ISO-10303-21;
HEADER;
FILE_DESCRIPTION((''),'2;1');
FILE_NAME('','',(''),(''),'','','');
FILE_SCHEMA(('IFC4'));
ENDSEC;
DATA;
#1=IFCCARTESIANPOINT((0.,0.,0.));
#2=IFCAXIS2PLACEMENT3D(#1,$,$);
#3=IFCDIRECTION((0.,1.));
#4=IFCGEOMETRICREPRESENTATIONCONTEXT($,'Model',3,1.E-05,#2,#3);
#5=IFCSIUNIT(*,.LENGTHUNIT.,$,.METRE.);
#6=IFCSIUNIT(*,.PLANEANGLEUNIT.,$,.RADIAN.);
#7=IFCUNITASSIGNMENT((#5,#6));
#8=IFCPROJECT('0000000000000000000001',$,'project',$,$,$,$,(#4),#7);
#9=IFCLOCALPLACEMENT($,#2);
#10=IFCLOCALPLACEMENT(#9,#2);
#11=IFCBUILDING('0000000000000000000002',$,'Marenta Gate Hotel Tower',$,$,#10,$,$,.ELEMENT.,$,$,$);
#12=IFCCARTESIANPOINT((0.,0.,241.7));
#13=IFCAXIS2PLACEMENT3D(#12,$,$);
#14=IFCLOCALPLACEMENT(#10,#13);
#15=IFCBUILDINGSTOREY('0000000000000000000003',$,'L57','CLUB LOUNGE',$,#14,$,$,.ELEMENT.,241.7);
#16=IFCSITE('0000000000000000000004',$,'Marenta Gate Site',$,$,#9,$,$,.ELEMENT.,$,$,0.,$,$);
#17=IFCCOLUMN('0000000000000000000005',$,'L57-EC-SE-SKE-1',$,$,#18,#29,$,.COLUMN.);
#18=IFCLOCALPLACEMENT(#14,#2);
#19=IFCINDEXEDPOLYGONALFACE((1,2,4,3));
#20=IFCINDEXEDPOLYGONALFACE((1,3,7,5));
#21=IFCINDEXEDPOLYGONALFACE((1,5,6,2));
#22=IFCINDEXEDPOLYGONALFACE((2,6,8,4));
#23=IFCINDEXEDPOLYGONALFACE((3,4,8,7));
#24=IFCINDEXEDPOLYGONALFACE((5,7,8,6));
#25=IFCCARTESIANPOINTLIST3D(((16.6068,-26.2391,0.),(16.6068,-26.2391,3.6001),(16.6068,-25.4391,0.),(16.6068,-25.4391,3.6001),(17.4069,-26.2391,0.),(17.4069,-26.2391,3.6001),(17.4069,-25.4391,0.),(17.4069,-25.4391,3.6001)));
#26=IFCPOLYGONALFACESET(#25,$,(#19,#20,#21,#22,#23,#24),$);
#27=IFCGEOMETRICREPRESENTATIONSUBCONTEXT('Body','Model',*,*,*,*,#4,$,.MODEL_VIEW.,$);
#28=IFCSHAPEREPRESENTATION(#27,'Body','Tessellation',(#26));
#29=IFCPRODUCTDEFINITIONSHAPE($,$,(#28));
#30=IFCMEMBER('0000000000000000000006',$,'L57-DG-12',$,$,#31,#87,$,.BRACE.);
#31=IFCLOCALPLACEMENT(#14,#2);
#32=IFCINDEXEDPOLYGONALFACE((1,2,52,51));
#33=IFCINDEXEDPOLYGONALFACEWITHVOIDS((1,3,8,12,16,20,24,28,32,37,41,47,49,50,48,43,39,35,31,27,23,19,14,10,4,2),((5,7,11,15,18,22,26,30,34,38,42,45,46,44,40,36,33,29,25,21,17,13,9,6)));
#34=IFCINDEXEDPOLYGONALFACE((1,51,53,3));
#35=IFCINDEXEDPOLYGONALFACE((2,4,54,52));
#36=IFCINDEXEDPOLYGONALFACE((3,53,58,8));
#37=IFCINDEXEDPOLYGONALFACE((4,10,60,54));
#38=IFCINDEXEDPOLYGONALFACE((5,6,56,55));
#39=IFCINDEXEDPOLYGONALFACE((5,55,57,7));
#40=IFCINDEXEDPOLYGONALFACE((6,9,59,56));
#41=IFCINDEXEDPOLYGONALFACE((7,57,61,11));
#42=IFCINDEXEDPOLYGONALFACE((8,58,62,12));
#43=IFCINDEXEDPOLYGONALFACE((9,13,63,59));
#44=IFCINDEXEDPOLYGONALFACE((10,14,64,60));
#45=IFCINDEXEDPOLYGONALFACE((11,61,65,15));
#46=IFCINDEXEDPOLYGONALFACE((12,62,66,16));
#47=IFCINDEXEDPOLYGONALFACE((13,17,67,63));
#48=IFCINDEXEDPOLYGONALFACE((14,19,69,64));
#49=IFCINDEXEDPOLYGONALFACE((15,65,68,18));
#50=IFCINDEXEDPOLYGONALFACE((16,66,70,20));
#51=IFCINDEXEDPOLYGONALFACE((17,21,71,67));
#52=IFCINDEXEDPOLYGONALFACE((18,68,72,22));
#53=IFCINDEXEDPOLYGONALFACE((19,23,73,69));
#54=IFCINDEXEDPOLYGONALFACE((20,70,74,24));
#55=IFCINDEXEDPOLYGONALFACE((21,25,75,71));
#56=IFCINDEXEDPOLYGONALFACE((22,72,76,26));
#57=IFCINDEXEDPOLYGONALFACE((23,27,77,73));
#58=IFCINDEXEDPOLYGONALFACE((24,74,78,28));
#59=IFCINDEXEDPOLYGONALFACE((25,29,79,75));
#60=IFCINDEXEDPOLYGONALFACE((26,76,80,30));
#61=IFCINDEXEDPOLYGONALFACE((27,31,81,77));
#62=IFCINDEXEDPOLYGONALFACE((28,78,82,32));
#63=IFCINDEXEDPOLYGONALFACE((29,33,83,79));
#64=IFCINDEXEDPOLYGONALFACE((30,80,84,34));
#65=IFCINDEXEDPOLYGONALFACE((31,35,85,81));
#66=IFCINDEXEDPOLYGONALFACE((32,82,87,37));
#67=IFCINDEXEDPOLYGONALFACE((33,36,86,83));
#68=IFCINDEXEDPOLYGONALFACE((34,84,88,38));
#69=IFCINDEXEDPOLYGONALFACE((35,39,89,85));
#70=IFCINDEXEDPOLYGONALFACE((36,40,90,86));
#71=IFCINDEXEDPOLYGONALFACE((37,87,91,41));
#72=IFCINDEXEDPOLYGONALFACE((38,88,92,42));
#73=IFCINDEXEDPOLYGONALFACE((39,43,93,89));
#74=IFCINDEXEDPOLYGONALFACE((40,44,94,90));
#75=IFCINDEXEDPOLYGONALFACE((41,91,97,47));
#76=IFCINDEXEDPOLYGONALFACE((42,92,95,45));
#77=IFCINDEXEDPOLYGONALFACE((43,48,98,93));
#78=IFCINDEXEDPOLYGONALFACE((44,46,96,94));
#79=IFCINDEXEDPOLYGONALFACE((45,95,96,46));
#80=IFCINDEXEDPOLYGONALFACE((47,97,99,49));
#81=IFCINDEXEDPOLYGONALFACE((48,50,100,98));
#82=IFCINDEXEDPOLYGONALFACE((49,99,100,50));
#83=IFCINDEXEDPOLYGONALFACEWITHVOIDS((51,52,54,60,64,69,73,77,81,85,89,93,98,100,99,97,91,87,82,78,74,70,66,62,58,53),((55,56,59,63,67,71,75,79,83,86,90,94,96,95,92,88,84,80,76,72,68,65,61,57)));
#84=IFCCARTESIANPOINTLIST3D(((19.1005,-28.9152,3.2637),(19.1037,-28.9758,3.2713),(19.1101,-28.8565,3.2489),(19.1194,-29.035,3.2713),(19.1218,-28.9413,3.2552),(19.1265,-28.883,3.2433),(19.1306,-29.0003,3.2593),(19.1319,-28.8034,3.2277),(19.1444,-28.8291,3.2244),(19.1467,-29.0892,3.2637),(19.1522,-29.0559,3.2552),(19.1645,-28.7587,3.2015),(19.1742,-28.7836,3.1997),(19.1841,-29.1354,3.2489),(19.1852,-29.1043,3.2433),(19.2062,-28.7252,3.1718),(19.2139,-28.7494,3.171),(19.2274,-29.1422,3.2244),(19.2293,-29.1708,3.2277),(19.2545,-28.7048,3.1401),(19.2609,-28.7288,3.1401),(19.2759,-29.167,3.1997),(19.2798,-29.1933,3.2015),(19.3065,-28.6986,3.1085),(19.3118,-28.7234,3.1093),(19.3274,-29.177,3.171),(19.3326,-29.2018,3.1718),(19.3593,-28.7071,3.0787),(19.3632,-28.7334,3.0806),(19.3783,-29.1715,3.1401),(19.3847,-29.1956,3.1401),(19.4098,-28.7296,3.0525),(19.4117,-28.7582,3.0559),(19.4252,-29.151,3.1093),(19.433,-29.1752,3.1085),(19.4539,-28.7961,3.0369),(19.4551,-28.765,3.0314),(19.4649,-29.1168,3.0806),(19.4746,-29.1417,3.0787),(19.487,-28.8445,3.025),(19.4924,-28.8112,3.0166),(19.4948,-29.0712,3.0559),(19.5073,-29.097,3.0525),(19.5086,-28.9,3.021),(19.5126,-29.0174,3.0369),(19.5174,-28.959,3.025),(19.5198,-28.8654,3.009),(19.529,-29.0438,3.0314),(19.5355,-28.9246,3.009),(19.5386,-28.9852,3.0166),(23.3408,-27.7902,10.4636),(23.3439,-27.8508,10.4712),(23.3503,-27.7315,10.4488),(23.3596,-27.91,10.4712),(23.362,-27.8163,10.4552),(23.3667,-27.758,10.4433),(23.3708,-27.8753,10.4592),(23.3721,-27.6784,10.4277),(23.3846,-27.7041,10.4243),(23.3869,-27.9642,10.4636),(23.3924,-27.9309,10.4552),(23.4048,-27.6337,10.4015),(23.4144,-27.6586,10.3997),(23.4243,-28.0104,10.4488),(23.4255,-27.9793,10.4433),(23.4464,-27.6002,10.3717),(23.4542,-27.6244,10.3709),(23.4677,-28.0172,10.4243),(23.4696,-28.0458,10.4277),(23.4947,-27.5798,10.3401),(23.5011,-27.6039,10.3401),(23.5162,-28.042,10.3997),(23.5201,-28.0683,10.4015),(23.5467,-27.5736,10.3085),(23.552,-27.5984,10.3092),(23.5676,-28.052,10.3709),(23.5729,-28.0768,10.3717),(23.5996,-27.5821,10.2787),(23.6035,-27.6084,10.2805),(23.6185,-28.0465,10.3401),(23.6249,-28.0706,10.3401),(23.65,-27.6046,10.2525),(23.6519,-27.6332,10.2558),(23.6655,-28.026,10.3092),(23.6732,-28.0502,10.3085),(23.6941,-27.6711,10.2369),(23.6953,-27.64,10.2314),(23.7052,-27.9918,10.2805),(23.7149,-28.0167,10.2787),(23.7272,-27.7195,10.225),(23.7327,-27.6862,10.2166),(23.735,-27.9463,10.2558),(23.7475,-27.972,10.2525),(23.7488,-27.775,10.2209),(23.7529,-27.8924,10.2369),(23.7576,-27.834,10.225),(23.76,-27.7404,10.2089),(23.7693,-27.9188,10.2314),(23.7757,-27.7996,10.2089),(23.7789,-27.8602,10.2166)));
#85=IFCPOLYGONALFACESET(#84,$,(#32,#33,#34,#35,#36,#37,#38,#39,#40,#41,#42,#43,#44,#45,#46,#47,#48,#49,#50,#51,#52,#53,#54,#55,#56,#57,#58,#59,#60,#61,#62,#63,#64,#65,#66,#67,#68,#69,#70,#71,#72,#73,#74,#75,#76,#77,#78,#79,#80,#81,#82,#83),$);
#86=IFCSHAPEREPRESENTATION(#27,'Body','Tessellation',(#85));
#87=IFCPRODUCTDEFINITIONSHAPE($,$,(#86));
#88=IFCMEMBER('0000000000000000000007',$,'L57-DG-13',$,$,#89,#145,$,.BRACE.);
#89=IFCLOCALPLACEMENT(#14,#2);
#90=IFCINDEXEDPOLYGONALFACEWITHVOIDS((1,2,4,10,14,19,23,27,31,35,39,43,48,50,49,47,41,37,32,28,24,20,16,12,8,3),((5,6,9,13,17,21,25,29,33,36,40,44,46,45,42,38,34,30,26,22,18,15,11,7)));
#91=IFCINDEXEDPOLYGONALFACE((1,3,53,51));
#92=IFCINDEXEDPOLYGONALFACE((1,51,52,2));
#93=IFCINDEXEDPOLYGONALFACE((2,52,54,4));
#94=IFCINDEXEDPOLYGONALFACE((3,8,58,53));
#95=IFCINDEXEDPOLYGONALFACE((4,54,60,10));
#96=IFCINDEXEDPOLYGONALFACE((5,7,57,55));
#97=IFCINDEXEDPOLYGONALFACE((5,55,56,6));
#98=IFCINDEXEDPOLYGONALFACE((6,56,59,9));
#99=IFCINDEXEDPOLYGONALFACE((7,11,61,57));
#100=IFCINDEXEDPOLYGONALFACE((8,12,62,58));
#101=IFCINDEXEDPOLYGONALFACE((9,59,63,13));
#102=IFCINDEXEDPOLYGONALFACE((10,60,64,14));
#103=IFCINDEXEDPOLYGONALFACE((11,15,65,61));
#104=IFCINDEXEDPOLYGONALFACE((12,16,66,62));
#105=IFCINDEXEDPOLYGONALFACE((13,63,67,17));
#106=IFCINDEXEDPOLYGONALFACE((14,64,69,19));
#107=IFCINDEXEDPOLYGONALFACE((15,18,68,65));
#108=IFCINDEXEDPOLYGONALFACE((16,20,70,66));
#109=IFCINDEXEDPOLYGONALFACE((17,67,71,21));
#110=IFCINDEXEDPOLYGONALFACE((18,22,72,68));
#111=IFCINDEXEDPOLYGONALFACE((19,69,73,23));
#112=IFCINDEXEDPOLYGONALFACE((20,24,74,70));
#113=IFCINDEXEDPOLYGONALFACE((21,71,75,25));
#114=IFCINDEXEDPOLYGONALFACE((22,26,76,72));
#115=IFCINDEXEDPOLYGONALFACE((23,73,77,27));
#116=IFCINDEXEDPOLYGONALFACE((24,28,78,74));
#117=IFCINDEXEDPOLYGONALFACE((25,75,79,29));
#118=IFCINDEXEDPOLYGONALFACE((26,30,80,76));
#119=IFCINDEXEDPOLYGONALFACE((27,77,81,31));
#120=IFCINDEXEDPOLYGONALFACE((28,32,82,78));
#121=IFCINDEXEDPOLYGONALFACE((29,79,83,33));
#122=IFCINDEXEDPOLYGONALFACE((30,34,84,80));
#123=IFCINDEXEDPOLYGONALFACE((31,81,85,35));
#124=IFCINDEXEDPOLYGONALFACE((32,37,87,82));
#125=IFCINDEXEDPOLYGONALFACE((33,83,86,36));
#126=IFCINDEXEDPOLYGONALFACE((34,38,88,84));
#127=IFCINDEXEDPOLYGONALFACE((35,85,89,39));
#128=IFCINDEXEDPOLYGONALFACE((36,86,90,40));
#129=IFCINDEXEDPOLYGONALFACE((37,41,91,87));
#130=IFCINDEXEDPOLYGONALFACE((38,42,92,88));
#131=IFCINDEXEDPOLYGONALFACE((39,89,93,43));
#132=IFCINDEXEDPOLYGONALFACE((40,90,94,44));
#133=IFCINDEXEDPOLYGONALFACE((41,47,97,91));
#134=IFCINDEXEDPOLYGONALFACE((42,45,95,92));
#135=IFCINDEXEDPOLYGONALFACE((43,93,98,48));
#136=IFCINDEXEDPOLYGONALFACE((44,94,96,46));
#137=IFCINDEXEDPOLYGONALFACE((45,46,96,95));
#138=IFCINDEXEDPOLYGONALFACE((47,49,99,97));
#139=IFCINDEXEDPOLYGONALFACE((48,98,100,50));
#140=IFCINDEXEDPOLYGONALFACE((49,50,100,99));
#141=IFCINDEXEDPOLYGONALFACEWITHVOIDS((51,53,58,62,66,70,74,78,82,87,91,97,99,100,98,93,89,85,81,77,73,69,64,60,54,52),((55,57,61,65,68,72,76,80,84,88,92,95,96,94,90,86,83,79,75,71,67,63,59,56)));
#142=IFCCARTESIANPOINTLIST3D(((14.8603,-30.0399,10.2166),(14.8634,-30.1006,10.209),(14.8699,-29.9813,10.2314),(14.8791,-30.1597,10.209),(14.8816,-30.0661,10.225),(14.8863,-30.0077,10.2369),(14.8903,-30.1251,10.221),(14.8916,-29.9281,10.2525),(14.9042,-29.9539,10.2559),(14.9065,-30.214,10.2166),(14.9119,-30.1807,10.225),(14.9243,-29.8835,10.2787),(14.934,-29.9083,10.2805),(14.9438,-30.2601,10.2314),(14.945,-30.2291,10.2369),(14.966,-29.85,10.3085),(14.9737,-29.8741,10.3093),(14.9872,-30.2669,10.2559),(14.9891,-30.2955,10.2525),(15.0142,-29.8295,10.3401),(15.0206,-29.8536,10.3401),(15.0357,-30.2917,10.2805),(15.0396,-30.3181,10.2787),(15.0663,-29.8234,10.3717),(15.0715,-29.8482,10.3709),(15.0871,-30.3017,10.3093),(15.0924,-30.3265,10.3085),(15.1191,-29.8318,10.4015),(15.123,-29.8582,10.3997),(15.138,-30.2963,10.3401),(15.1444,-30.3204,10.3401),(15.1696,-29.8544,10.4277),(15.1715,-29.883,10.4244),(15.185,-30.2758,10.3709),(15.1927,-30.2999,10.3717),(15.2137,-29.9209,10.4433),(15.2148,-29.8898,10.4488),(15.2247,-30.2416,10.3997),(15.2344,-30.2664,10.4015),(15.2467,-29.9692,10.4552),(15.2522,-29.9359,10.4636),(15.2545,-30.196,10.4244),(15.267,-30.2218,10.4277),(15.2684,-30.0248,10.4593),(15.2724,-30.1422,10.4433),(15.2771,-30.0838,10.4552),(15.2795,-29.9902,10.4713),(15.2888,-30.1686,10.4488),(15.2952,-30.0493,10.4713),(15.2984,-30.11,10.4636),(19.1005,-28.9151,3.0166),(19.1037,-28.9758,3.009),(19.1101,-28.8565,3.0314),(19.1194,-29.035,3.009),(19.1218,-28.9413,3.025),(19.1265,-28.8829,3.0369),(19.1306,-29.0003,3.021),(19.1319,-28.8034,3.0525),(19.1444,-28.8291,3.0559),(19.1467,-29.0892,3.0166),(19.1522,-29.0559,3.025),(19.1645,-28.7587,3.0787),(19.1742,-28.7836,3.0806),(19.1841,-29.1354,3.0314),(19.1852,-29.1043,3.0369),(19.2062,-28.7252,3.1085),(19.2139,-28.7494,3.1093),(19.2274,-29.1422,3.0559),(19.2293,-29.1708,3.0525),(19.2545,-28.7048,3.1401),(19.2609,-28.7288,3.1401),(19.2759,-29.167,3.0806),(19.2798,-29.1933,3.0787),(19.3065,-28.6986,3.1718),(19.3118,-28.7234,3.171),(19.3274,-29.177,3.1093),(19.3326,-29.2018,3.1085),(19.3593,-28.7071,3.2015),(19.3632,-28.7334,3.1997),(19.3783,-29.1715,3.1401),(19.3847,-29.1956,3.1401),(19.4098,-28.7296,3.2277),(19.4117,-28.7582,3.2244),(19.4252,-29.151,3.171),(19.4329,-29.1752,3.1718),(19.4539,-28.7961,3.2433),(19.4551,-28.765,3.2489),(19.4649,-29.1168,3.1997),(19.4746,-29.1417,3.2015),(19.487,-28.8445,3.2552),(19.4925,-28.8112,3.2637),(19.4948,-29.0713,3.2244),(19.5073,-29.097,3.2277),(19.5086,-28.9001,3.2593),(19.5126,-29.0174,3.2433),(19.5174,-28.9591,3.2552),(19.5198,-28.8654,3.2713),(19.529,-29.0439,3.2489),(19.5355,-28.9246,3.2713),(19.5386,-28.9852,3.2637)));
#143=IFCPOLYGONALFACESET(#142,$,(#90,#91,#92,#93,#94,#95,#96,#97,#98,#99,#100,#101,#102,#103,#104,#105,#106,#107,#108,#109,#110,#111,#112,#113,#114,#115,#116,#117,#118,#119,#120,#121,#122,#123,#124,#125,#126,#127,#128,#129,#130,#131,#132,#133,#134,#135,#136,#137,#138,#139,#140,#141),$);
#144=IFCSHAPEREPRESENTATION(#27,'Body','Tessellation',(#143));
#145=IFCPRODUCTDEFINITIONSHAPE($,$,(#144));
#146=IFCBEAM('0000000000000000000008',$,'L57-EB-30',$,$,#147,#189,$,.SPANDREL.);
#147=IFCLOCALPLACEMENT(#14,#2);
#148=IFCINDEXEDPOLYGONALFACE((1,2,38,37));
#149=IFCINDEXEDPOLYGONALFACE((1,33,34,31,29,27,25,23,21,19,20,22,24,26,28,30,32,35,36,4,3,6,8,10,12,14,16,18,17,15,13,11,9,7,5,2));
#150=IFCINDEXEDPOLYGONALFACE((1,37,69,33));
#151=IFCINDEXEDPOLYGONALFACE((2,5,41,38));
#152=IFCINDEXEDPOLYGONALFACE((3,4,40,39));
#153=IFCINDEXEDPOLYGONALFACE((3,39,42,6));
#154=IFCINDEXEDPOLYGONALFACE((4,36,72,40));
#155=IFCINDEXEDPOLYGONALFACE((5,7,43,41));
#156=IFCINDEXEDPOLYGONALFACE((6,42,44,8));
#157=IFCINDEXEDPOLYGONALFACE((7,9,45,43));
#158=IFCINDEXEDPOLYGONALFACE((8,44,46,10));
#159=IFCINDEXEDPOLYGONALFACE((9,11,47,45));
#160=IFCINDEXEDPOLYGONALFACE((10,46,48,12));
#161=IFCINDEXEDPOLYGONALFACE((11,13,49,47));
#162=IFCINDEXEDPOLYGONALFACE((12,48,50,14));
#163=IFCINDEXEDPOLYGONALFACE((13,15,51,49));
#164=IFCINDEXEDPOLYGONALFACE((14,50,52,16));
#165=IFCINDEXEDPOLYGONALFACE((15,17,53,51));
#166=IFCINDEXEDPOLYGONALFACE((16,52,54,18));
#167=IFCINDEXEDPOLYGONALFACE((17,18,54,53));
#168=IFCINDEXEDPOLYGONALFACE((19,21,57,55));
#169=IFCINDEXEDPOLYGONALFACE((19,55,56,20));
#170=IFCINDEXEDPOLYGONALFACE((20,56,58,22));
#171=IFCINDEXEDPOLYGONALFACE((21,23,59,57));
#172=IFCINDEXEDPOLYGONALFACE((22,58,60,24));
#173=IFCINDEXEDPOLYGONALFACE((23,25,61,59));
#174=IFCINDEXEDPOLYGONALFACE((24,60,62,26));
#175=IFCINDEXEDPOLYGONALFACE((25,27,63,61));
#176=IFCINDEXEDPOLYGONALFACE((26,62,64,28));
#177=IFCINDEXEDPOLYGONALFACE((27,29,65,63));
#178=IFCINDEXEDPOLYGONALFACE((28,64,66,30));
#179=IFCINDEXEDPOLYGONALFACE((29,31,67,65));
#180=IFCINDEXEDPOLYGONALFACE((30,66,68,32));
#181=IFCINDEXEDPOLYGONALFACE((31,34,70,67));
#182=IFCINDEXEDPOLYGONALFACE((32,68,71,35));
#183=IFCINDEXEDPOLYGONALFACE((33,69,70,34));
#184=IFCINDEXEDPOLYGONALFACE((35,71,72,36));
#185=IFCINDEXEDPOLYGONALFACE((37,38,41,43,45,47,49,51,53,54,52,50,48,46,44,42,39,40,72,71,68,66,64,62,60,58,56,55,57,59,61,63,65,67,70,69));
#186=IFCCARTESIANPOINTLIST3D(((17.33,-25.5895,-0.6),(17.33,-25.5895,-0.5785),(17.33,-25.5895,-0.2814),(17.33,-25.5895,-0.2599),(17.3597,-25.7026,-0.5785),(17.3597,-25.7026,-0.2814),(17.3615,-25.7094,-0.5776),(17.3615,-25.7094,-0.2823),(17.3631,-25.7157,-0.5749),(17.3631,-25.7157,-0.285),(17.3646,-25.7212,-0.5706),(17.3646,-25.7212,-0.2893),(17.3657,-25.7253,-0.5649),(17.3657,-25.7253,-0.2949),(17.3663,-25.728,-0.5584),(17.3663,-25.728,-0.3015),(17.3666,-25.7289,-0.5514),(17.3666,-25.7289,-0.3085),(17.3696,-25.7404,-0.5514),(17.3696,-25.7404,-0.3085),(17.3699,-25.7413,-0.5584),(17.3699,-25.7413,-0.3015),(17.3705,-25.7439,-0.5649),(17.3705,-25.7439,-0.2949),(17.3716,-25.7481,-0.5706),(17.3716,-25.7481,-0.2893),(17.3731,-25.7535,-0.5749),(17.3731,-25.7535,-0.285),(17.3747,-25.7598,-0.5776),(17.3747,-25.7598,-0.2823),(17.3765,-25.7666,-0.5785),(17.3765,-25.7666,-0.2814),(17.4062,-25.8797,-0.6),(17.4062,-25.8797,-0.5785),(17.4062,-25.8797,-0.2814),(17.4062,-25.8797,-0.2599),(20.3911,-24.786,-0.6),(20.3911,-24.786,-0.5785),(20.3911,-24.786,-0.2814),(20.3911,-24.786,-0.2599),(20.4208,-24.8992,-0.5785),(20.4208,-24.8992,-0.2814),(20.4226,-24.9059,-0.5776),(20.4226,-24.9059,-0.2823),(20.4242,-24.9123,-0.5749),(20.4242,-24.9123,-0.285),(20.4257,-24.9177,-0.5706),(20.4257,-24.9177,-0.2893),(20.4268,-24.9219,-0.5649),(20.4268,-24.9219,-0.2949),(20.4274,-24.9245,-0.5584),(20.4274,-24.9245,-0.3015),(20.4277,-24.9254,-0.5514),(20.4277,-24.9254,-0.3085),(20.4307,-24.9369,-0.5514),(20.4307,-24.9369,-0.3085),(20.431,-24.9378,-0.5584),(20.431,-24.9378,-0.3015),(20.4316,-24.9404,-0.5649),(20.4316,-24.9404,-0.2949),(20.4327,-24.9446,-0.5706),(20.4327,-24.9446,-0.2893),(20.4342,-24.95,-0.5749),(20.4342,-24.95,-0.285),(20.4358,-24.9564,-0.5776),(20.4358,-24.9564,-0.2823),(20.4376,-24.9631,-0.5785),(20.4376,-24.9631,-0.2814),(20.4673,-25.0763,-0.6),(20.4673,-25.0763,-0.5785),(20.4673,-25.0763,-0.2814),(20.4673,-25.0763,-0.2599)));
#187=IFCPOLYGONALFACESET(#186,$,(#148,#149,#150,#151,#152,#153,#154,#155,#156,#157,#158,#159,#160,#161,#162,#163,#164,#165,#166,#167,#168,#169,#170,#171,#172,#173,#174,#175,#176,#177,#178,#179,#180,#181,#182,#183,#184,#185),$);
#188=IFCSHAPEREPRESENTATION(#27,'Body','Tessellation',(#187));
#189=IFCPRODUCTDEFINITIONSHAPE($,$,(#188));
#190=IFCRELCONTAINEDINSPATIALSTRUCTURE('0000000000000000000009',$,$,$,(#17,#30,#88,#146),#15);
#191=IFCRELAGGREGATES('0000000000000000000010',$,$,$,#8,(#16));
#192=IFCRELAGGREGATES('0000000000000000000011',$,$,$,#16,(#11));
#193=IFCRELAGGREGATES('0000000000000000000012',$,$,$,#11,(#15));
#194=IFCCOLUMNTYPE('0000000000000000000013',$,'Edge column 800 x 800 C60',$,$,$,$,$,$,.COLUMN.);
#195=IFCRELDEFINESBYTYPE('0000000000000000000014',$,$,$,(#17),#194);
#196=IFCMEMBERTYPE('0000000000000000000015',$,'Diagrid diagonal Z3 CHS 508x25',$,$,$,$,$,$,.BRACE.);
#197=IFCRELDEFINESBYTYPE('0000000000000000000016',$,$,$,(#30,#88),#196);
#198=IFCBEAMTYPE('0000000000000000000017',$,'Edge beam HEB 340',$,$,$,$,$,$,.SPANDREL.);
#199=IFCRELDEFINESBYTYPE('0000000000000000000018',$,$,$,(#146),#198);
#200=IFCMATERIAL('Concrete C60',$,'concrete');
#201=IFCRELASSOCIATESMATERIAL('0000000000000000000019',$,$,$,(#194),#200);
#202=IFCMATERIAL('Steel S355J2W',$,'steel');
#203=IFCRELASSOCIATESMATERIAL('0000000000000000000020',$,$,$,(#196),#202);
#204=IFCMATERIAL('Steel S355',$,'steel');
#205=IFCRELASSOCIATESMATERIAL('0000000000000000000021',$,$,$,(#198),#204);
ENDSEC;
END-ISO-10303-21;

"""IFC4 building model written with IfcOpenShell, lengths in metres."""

from ifc_helpers import new_model, si_unit, direction, frame, origin, origin_2d, place, context, subcontext, project, spatial, rectangle, hollow_circle, i_section, extrude, material, material_profile, profile_set, type_object, element, save


model = new_model("IFC4")

# Units and contexts
model_context = context("Model", 3, precision=1e-05, world=origin(), true_north=direction((0.0, 1.0)))
body_context = subcontext(model_context, "Body", "Model", "MODEL_VIEW")
ifc_project = project(units=[si_unit("LENGTHUNIT", "METRE"), si_unit("PLANEANGLEUNIT", "RADIAN")], contexts=[model_context])

# Site, building, storey
site_placement = place(None, origin())
site = spatial("IfcSite", under=ifc_project, at=site_placement, Name="Marenta Gate Site", CompositionType="ELEMENT", RefElevation=0.0)
building_placement = place(site_placement, origin())
building = spatial("IfcBuilding", under=site, at=building_placement, Name="Marenta Gate Hotel Tower", CompositionType="ELEMENT")
storey_placement = place(building_placement, frame((0.0, 0.0, 241.7)))
storey = spatial("IfcBuildingStorey", under=building, at=storey_placement, Name="L57", Description="CLUB LOUNGE", CompositionType="ELEMENT", Elevation=241.7)

# Column
ifc_material_1 = material(Name="Concrete C60", Category="concrete")
ifc_material_profile_1 = material_profile(ifc_material_1, rectangle(XDim=0.8, YDim=0.8, at=origin_2d()), Name="800 x 800")
ifc_profile_set_1 = profile_set([ifc_material_profile_1], Name="Concrete C60")
column_type = type_object("IfcColumnType", Name="Edge column 800 x 800 C60", PredefinedType="COLUMN", material=ifc_profile_set_1)
column_placement = place(storey_placement, frame((17.0068, -25.8391, 0.0), z_axis=(0.0, 0.0, 1.0), x_axis=(1.0, 0.0, 0.0)))
element("IfcColumn", 1, at=column_placement, inside=storey, type_object=column_type, Name="L57-EC-SE-SKE-1", PredefinedType="COLUMN", context=body_context, shape_type="SweptSolid", body=[
    extrude(rectangle(XDim=0.8, YDim=0.8, at=origin_2d()), origin(), (0.0, 0.0, 1.0), 3.6001),
])

# Members
ifc_material_2 = material(Name="Steel S355J2W", Category="steel")
ifc_material_profile_2 = material_profile(ifc_material_2, hollow_circle(Radius=0.2539, WallThickness=0.0249, at=origin_2d()), Name="CHS 508x25")
ifc_profile_set_2 = profile_set([ifc_material_profile_2], Name="Steel S355J2W")
member_type_1 = type_object("IfcMemberType", Name="Diagrid diagonal Z3 CHS 508x25", PredefinedType="BRACE", material=ifc_profile_set_2)
for number, where, z_axis, x_axis, name in (
    (2, (19.3196, -28.9502, 3.1401), (0.502924, 0.133434, 0.853969), (-0.256443, 0.966559, 0.0), "L57-DG-12"),
    (3, (19.3196, -28.9502, 3.1401), (-0.502926, -0.133405, 0.853972), (0.256391, -0.966573, 0.0), "L57-DG-13"),
):
    element("IfcMember", number, at=place(storey_placement, frame(where, z_axis=z_axis, x_axis=x_axis)), inside=storey, type_object=member_type_1, Name=name, PredefinedType="BRACE", context=body_context, shape_type="SweptSolid", body=[
        extrude(hollow_circle(Radius=0.2539, WallThickness=0.0249, at=origin_2d()), origin(), (0.0, 0.0, 1.0), 8.4312),
    ])

# Beam
ifc_material_3 = material(Name="Steel S355", Category="steel")
ifc_material_profile_3 = material_profile(ifc_material_3, i_section(OverallWidth=0.3, OverallDepth=0.3401, WebThickness=0.012, FlangeThickness=0.0215, FilletRadius=0.0271, at=origin_2d()), Name="HEB 340")
ifc_profile_set_3 = profile_set([ifc_material_profile_3], Name="Steel S355")
beam_type_1 = type_object("IfcBeamType", Name="Edge beam HEB 340", PredefinedType="SPANDREL", material=ifc_profile_set_3)
beam_1_placement = place(storey_placement, frame((20.4292, -24.9312, -0.4299), z_axis=(-0.967235, -0.253882, 0.0), x_axis=(0.253882, -0.967235, 0.0)))
element("IfcBeam", 4, at=beam_1_placement, inside=storey, type_object=beam_type_1, Name="L57-EB-30", PredefinedType="SPANDREL", context=body_context, shape_type="SweptSolid", body=[
    extrude(i_section(OverallWidth=0.3, OverallDepth=0.3401, WebThickness=0.012, FlangeThickness=0.0215, FilletRadius=0.0271, at=origin_2d()), origin(), (0.0, 0.0, 1.0), 3.1648),
])

save(model, "model.ifc")
